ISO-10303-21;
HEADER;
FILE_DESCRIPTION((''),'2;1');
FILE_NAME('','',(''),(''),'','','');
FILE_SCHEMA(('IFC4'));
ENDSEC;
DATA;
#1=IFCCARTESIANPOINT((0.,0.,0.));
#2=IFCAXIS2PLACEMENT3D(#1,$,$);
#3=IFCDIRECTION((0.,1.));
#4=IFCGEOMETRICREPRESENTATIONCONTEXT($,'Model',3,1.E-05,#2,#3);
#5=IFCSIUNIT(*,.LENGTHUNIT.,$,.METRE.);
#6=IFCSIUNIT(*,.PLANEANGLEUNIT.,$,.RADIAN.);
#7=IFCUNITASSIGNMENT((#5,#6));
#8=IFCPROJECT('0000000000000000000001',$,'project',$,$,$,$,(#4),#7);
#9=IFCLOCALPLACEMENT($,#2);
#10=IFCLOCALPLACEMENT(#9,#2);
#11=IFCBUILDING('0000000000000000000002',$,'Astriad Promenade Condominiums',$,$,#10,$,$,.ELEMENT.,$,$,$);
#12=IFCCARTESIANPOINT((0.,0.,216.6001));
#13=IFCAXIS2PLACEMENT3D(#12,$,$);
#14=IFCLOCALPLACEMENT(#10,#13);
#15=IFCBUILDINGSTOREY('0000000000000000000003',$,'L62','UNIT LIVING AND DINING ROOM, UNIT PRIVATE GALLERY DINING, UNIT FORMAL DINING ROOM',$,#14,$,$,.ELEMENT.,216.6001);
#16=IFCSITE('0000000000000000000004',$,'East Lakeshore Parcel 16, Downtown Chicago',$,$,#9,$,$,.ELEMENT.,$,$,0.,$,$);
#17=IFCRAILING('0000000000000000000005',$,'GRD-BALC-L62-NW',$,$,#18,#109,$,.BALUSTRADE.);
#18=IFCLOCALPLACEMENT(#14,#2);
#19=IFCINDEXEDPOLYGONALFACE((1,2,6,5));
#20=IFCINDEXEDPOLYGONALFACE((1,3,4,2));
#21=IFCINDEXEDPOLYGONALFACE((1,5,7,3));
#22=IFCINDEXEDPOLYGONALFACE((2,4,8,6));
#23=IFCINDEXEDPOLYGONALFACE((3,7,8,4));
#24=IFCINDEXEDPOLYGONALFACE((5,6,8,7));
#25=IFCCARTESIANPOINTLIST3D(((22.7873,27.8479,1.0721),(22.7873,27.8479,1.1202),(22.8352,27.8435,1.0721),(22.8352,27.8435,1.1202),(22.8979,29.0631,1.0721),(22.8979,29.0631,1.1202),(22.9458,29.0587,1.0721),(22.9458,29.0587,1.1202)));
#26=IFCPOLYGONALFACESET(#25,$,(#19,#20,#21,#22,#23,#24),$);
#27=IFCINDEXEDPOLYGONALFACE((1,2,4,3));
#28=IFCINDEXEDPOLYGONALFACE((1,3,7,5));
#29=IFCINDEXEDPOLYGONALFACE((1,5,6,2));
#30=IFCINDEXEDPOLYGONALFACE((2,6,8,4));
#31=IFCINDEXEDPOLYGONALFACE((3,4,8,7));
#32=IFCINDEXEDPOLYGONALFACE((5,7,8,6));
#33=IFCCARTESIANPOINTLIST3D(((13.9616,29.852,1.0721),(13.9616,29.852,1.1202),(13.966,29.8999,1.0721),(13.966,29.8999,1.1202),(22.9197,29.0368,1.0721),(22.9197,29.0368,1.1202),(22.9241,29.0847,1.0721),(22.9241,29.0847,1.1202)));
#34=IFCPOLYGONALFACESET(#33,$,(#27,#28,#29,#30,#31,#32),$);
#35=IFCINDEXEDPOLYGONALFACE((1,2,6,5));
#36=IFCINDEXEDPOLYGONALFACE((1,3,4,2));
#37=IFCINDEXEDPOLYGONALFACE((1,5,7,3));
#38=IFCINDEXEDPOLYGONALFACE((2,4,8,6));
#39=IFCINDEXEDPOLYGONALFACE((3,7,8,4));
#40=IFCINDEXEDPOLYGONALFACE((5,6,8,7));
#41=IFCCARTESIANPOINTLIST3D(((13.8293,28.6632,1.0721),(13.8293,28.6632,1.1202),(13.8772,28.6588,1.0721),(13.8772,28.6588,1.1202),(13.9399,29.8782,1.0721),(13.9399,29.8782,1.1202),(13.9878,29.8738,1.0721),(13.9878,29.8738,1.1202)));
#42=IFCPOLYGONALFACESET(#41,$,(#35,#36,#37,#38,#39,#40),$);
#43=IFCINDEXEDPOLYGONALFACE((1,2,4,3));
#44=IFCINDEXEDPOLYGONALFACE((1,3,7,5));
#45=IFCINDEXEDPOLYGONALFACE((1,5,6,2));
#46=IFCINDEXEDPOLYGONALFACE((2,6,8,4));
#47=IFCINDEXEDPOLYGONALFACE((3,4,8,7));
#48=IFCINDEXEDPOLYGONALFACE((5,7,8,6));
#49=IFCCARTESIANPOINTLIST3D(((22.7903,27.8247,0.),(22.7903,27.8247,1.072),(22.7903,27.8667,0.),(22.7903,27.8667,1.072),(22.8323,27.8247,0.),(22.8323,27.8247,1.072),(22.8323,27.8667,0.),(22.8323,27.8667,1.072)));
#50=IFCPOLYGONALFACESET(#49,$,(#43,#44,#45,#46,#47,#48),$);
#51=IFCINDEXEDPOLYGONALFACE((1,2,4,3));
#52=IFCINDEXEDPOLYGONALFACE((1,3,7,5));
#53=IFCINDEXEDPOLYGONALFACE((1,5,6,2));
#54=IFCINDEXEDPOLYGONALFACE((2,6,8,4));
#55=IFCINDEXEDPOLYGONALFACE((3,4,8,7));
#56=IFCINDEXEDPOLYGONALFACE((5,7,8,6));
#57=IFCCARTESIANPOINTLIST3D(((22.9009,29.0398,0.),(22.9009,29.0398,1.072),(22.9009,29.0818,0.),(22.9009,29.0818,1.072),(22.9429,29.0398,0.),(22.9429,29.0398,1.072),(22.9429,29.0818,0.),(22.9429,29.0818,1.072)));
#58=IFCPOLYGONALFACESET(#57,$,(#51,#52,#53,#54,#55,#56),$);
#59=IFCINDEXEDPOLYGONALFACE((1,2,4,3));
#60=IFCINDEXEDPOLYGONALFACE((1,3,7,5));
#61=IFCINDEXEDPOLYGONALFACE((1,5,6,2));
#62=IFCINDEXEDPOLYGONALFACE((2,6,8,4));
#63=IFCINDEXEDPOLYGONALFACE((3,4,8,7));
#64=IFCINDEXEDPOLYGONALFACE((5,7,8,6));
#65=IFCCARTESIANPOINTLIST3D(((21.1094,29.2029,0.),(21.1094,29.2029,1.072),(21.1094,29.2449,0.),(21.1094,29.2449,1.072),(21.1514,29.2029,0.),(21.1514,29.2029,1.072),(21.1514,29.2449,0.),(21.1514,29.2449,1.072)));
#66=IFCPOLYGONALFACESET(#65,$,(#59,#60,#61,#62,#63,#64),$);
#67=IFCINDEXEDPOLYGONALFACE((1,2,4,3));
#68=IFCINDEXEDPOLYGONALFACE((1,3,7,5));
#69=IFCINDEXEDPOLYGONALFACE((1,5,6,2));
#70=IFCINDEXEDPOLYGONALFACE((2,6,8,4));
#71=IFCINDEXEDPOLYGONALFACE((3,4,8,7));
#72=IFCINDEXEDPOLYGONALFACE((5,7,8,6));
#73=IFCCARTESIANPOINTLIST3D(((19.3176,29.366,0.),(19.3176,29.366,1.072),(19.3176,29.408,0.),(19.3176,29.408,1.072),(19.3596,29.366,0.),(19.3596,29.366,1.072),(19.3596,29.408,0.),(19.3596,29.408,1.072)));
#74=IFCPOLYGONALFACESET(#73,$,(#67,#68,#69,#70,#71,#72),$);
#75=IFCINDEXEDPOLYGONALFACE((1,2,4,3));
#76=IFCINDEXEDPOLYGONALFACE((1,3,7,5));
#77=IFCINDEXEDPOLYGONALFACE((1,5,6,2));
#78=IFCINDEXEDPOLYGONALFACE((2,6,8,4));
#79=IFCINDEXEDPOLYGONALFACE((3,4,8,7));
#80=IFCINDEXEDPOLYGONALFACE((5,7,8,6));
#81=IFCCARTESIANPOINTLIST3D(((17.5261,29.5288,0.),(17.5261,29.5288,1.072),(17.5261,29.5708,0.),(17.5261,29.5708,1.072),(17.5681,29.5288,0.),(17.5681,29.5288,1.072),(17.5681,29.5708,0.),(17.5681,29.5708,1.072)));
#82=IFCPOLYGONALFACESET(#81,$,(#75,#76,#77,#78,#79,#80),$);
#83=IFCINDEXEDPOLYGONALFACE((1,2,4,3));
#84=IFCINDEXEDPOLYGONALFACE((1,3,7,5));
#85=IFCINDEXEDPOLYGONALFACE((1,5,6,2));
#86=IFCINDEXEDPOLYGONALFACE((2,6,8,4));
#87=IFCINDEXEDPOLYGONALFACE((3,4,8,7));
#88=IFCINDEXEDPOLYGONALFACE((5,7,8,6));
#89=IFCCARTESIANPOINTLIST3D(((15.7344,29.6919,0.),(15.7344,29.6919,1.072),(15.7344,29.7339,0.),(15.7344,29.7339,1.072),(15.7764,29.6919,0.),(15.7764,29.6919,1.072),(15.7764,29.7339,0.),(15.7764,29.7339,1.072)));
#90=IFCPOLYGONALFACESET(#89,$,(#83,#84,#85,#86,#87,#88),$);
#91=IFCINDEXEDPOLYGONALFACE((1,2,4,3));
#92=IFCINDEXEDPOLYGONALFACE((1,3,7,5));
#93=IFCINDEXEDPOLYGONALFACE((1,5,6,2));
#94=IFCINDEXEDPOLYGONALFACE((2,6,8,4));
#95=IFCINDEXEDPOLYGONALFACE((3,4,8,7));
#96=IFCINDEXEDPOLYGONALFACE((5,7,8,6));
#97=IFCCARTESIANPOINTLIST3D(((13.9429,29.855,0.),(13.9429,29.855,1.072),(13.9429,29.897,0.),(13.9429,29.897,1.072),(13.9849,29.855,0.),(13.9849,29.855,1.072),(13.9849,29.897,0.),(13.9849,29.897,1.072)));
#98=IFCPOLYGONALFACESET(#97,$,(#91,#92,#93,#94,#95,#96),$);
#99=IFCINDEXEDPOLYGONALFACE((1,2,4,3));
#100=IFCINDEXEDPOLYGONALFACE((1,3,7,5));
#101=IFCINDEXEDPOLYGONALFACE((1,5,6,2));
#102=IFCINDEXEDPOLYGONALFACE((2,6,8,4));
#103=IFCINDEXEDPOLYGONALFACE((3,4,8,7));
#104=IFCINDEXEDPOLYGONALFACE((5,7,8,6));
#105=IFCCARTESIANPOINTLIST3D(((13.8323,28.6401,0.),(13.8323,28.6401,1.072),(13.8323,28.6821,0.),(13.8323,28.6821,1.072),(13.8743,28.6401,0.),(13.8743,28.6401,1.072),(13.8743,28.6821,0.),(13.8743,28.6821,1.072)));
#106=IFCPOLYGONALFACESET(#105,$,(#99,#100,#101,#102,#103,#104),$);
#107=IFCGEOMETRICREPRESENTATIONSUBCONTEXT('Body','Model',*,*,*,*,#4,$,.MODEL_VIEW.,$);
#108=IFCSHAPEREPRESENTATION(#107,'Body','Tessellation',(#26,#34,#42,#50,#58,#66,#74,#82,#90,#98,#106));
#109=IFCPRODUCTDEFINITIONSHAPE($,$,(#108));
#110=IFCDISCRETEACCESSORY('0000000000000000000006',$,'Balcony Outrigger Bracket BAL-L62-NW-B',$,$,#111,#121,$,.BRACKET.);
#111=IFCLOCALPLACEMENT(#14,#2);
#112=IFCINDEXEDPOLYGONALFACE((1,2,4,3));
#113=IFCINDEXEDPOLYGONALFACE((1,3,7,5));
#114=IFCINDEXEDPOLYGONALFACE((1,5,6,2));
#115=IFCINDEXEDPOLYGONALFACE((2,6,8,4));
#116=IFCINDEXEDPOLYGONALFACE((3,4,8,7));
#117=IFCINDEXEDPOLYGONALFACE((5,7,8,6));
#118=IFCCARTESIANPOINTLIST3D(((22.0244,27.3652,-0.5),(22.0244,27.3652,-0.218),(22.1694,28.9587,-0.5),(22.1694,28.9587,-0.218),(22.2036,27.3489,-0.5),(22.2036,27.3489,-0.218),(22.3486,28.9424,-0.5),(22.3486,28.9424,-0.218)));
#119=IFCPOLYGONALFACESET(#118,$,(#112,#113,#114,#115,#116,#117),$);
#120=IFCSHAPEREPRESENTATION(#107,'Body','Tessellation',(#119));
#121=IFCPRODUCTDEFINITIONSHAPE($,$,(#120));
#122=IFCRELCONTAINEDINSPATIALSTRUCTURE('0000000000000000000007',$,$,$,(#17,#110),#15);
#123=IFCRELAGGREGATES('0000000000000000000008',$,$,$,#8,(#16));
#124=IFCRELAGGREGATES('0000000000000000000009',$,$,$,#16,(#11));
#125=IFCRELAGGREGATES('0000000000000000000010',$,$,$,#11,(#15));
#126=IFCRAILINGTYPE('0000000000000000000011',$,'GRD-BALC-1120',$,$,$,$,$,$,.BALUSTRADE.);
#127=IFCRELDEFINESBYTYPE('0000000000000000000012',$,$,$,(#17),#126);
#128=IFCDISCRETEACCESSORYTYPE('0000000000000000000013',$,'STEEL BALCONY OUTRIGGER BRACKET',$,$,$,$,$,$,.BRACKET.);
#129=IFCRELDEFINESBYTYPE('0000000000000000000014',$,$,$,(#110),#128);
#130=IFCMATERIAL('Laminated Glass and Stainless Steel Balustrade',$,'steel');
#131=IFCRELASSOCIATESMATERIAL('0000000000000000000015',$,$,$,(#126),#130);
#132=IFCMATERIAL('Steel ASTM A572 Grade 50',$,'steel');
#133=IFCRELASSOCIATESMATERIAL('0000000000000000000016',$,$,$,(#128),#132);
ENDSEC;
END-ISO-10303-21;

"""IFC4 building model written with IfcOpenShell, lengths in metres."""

from ifc_helpers import new_model, si_unit, direction, frame, origin, origin_2d, place, context, subcontext, project, spatial, rectangle, extrude, source, transform, mapped, material, type_object, type_shapes, element, save


model = new_model("IFC4")

# Units and contexts
model_context = context("Model", 3, precision=1e-05, world=origin(), true_north=direction((0.0, 1.0)))
body_context = subcontext(model_context, "Body", "Model", "MODEL_VIEW")
ifc_project = project(units=[si_unit("LENGTHUNIT", "METRE"), si_unit("PLANEANGLEUNIT", "RADIAN")], contexts=[model_context])

# Site, building, storey
site_placement = place(None, origin())
site = spatial("IfcSite", under=ifc_project, at=site_placement, Name="East Lakeshore Parcel 16, Downtown Chicago", CompositionType="ELEMENT", RefElevation=0.0)
building_placement = place(site_placement, origin())
building = spatial("IfcBuilding", under=site, at=building_placement, Name="Astriad Promenade Condominiums", CompositionType="ELEMENT")
storey_placement = place(building_placement, frame((0.0, 0.0, 216.6001)))
storey = spatial("IfcBuildingStorey", under=building, at=storey_placement, Name="L62", Description="UNIT LIVING AND DINING ROOM, UNIT PRIVATE GALLERY DINING, UNIT FORMAL DINING ROOM", CompositionType="ELEMENT", Elevation=216.6001)

# Railing
ifc_material_1 = material(Name="Laminated Glass and Stainless Steel Balustrade", Category="steel")
railing_type = type_object("IfcRailingType", Name="GRD-BALC-1120", PredefinedType="BALUSTRADE", material=ifc_material_1)
shared_shape_1 = source(origin(), body_context, "Body", "SweptSolid", [
    extrude(rectangle(XDim=0.0481, YDim=0.0481, at=origin_2d()), frame((0.0, 0.0, 1.0962), z_axis=(0.090644, 0.995883, 0.0), x_axis=(-0.995883, 0.090644, 0.0)), (0.0, 0.0, 1.0), 1.2202),
    extrude(rectangle(XDim=0.0481, YDim=0.0481, at=origin_2d()), frame((0.1106, 1.2151, 1.0962), z_axis=(-0.995885, 0.090626, 0.0), x_axis=(-0.090626, -0.995885, 0.0)), (0.0, 0.0, 1.0), 8.9951),
    extrude(rectangle(XDim=0.0481, YDim=0.0481, at=origin_2d()), frame((-8.8474, 2.0303, 1.0962), z_axis=(-0.090662, -0.995882, 0.0), x_axis=(0.995882, -0.090662, 0.0)), (0.0, 0.0, 1.0), 1.22),
    extrude(rectangle(XDim=0.042, YDim=0.042, at=origin_2d()), origin(), (0.0, 0.0, 1.0), 1.072),
    extrude(rectangle(XDim=0.042, YDim=0.042, at=origin_2d()), frame((0.1106, 1.2151, 0.0)), (0.0, 0.0, 1.0), 1.072),
    extrude(rectangle(XDim=0.042, YDim=0.042, at=origin_2d()), frame((-1.6809, 1.3782, 0.0)), (0.0, 0.0, 1.0), 1.072),
    extrude(rectangle(XDim=0.042, YDim=0.042, at=origin_2d()), frame((-3.4727, 1.5413, 0.0)), (0.0, 0.0, 1.0), 1.072),
    extrude(rectangle(XDim=0.042, YDim=0.042, at=origin_2d()), frame((-5.2642, 1.7041, 0.0)), (0.0, 0.0, 1.0), 1.072),
    extrude(rectangle(XDim=0.042, YDim=0.042, at=origin_2d()), frame((-7.0559, 1.8672, 0.0)), (0.0, 0.0, 1.0), 1.072),
    extrude(rectangle(XDim=0.042, YDim=0.042, at=origin_2d()), frame((-8.8474, 2.0303, 0.0)), (0.0, 0.0, 1.0), 1.072),
    extrude(rectangle(XDim=0.042, YDim=0.042, at=origin_2d()), frame((-8.958, 0.8154, 0.0)), (0.0, 0.0, 1.0), 1.072),
])
type_shapes(railing_type, [shared_shape_1])
railing_placement = place(storey_placement, frame((22.8113, 27.8457, 0.0)))
element("IfcRailing", 1, at=railing_placement, inside=storey, type_object=railing_type, Name="GRD-BALC-L62-NW", PredefinedType="BALUSTRADE", context=body_context, shape_type="MappedRepresentation", body=[
    mapped(shared_shape_1, transform((0.0, 0.0, 0.0), scale=1.0)),
])

# Discrete accessory
ifc_material_2 = material(Name="Steel ASTM A572 Grade 50", Category="steel")
discrete_accessory_type = type_object("IfcDiscreteAccessoryType", Name="STEEL BALCONY OUTRIGGER BRACKET", PredefinedType="BRACKET", material=ifc_material_2)
shared_shape_2 = source(origin(), body_context, "Body", "SweptSolid", [
    extrude(rectangle(XDim=1.6001, YDim=0.1799, at=origin_2d()), origin(), (0.0, 0.0, 1.0), 0.282),
])
type_shapes(discrete_accessory_type, [shared_shape_2])
discrete_accessory_placement = place(storey_placement, frame((22.1865, 28.1538, -0.5), z_axis=(0.0, 0.0, 1.0), x_axis=(0.090633, 0.995884, 0.0)))
element("IfcDiscreteAccessory", 2, at=discrete_accessory_placement, inside=storey, type_object=discrete_accessory_type, Name="Balcony Outrigger Bracket BAL-L62-NW-B", PredefinedType="BRACKET", context=body_context, shape_type="MappedRepresentation", body=[
    mapped(shared_shape_2, transform((0.0, 0.0, 0.0), scale=1.0)),
])

save(model, "model.ifc")
